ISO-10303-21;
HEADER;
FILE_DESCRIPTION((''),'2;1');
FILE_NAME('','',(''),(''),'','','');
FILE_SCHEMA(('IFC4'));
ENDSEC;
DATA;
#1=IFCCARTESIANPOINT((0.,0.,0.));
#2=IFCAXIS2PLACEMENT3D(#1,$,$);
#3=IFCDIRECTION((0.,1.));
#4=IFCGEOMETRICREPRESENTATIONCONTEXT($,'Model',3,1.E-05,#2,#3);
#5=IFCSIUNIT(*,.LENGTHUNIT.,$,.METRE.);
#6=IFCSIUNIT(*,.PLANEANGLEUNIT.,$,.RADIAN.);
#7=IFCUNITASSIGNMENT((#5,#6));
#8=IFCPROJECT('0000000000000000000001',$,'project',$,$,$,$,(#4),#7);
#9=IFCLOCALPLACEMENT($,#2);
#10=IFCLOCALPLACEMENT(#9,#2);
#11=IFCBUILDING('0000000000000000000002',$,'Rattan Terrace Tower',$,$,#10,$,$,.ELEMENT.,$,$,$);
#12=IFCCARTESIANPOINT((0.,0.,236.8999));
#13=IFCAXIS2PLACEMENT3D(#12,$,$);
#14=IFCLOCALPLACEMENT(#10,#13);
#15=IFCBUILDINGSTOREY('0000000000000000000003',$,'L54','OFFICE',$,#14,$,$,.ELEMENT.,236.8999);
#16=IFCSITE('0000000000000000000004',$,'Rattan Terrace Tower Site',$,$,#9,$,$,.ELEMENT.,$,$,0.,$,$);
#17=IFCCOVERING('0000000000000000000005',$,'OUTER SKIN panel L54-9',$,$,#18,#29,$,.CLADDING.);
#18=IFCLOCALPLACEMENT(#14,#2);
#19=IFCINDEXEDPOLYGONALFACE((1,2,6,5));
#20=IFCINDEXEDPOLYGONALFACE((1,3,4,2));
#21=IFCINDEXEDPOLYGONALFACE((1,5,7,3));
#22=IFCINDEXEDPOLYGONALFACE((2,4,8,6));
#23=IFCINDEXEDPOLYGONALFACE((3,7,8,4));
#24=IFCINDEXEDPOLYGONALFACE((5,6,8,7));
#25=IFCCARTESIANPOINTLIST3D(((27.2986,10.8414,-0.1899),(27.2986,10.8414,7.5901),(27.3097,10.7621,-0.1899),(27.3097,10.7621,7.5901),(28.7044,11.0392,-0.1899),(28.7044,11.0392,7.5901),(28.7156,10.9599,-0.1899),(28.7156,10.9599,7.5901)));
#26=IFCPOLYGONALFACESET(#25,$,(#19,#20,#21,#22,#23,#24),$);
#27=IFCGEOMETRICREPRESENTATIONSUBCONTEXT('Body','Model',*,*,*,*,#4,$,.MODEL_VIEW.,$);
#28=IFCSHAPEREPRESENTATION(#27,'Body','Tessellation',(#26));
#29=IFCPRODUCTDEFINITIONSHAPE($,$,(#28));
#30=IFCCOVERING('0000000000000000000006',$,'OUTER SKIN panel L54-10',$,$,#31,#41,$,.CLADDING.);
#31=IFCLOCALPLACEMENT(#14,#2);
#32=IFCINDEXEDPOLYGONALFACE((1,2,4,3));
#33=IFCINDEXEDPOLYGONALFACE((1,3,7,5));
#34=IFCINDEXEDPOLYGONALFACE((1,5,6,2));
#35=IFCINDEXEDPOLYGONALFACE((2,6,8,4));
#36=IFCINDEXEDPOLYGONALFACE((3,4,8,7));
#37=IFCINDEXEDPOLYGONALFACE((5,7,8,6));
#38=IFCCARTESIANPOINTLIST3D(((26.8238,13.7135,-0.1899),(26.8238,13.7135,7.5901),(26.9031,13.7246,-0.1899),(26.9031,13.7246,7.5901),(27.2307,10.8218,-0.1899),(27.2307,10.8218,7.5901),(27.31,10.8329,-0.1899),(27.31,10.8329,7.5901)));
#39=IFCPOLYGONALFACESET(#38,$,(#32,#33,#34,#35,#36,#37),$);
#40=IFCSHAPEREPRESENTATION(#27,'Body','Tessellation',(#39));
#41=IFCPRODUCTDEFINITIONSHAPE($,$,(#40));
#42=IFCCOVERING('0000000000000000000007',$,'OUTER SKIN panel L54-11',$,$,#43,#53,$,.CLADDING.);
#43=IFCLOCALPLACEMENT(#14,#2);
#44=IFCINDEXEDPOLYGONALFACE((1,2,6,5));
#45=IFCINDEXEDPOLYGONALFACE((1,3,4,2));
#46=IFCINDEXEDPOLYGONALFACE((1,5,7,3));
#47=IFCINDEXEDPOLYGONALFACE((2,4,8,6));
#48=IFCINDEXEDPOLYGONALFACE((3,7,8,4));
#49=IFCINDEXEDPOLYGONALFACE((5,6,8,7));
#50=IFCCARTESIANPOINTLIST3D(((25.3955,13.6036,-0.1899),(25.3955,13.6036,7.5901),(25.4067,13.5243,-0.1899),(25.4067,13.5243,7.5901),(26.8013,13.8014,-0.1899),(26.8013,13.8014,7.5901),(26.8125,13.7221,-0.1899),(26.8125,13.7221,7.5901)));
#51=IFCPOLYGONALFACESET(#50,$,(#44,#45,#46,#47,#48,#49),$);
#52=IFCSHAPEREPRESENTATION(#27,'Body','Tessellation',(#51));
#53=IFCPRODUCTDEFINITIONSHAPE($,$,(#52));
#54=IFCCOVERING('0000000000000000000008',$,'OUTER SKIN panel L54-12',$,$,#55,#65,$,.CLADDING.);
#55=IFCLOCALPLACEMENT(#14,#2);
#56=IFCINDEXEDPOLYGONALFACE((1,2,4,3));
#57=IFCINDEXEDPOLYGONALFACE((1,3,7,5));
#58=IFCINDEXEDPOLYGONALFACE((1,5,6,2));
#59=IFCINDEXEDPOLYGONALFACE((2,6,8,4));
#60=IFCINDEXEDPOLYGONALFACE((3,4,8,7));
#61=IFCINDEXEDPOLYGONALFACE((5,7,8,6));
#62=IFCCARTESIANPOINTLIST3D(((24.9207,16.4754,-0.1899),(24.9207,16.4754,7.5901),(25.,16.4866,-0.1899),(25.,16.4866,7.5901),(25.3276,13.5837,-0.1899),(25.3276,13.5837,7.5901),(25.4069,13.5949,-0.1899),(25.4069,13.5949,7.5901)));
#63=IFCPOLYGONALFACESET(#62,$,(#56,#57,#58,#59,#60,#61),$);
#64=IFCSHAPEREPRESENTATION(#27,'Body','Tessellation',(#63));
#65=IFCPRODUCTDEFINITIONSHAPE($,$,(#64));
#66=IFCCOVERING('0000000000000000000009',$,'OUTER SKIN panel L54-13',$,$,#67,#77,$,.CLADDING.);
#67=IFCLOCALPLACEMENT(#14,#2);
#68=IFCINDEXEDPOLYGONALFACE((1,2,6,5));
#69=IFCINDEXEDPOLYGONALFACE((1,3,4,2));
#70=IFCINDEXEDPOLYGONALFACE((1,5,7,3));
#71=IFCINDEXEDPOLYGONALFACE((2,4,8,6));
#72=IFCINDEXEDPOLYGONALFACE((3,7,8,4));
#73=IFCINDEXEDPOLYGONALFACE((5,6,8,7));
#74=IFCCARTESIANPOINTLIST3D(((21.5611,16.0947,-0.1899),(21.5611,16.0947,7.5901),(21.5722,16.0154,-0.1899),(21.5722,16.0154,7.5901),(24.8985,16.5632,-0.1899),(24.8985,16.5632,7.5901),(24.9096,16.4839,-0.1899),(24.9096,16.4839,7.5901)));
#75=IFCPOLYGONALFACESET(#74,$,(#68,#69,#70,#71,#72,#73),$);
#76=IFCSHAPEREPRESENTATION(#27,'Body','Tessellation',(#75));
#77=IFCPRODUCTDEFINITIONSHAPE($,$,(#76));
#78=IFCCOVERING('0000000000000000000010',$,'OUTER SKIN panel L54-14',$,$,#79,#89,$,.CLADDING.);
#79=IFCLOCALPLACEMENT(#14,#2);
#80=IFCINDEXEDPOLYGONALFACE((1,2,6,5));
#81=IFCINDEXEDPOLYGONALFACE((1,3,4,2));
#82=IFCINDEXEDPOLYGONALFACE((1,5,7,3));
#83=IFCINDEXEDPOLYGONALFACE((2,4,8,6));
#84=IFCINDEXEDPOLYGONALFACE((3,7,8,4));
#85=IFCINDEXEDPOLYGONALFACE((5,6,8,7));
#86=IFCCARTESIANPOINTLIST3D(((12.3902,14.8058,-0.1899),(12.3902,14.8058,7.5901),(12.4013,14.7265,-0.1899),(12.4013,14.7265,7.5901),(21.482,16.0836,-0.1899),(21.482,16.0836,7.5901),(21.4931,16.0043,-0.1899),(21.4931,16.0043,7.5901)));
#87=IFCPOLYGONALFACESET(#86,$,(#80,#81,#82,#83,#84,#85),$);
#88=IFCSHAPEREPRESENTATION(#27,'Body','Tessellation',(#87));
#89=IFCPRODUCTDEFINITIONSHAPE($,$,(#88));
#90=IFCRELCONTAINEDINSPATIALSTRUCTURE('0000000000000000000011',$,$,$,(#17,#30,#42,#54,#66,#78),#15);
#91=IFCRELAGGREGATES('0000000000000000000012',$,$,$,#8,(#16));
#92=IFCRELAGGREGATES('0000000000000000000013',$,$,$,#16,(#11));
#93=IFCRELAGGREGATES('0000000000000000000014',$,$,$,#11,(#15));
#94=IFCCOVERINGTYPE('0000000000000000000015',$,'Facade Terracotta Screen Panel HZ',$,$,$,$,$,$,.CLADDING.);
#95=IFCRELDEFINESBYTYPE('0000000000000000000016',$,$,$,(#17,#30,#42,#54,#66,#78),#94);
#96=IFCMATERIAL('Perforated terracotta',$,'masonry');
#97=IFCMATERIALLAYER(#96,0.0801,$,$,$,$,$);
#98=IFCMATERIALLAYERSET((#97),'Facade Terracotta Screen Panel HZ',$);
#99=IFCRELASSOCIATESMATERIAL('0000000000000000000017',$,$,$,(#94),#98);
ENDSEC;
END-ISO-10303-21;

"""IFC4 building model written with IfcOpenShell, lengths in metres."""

from ifc_helpers import new_model, si_unit, direction, frame, origin, origin_2d, place, context, subcontext, project, spatial, rectangle, extrude, material, layer, layer_set, type_object, element, save


model = new_model("IFC4")

# Units and contexts
model_context = context("Model", 3, precision=1e-05, world=origin(), true_north=direction((0.0, 1.0)))
body_context = subcontext(model_context, "Body", "Model", "MODEL_VIEW")
ifc_project = project(units=[si_unit("LENGTHUNIT", "METRE"), si_unit("PLANEANGLEUNIT", "RADIAN")], contexts=[model_context])

# Site, building, storey
site_placement = place(None, origin())
site = spatial("IfcSite", under=ifc_project, at=site_placement, Name="Rattan Terrace Tower Site", CompositionType="ELEMENT", RefElevation=0.0)
building_placement = place(site_placement, origin())
building = spatial("IfcBuilding", under=site, at=building_placement, Name="Rattan Terrace Tower", CompositionType="ELEMENT")
storey_placement = place(building_placement, frame((0.0, 0.0, 236.8999)))
storey = spatial("IfcBuildingStorey", under=building, at=storey_placement, Name="L54", Description="OFFICE", CompositionType="ELEMENT", Elevation=236.8999)

# Coverings
ifc_material_1 = material(Name="Perforated terracotta", Category="masonry")
ifc_layer_1 = layer(ifc_material_1, 0.0801)
ifc_layer_set_1 = layer_set([ifc_layer_1], Name="Facade Terracotta Screen Panel HZ")
covering_type = type_object("IfcCoveringType", Name="Facade Terracotta Screen Panel HZ", PredefinedType="CLADDING", material=ifc_layer_set_1)
covering_1_placement = place(storey_placement, frame((28.0071, 10.9006, -0.1899), z_axis=(0.0, 0.0, 1.0), x_axis=(-0.990241, -0.139367, 0.0)))
element("IfcCovering", 1, at=covering_1_placement, inside=storey, type_object=covering_type, Name="OUTER SKIN panel L54-9", PredefinedType="CLADDING", context=body_context, shape_type="SweptSolid", body=[
    extrude(rectangle(XDim=1.4197, YDim=0.0801, at=origin_2d()), origin(), (0.0, 0.0, 1.0), 7.78),
])
covering_2_placement = place(storey_placement, frame((27.0669, 12.2732, -0.1899), z_axis=(0.0, 0.0, 1.0), x_axis=(-0.139321, 0.990247, 0.0)))
element("IfcCovering", 2, at=covering_2_placement, inside=storey, type_object=covering_type, Name="OUTER SKIN panel L54-10", PredefinedType="CLADDING", context=body_context, shape_type="SweptSolid", body=[
    extrude(rectangle(XDim=2.9202, YDim=0.0801, at=origin_2d()), origin(), (0.0, 0.0, 1.0), 7.78),
])
covering_3_placement = place(storey_placement, frame((26.104, 13.6628, -0.1899), z_axis=(0.0, 0.0, 1.0), x_axis=(-0.990241, -0.139367, 0.0)))
element("IfcCovering", 3, at=covering_3_placement, inside=storey, type_object=covering_type, Name="OUTER SKIN panel L54-11", PredefinedType="CLADDING", context=body_context, shape_type="SweptSolid", body=[
    extrude(rectangle(XDim=1.4197, YDim=0.0801, at=origin_2d()), origin(), (0.0, 0.0, 1.0), 7.78),
])
covering_4_placement = place(storey_placement, frame((25.1638, 15.0352, -0.1899), z_axis=(0.0, 0.0, 1.0), x_axis=(-0.139321, 0.990247, 0.0)))
element("IfcCovering", 4, at=covering_4_placement, inside=storey, type_object=covering_type, Name="OUTER SKIN panel L54-12", PredefinedType="CLADDING", context=body_context, shape_type="SweptSolid", body=[
    extrude(rectangle(XDim=2.9202, YDim=0.0801, at=origin_2d()), origin(), (0.0, 0.0, 1.0), 7.78),
])
covering_5_placement = place(storey_placement, frame((23.2354, 16.2893, -0.1899), z_axis=(0.0, 0.0, 1.0), x_axis=(-0.990293, -0.138994, 0.0)))
element("IfcCovering", 5, at=covering_5_placement, inside=storey, type_object=covering_type, Name="OUTER SKIN panel L54-13", PredefinedType="CLADDING", context=body_context, shape_type="SweptSolid", body=[
    extrude(rectangle(XDim=3.3701, YDim=0.0801, at=origin_2d()), origin(), (0.0, 0.0, 1.0), 7.78),
])
covering_6_placement = place(storey_placement, frame((16.9417, 15.405, -0.1899), z_axis=(0.0, 0.0, 1.0), x_axis=(-0.990267, -0.139177, 0.0)))
element("IfcCovering", 6, at=covering_6_placement, inside=storey, type_object=covering_type, Name="OUTER SKIN panel L54-14", PredefinedType="CLADDING", context=body_context, shape_type="SweptSolid", body=[
    extrude(rectangle(XDim=9.1812, YDim=0.0801, at=origin_2d()), origin(), (0.0, 0.0, 1.0), 7.78),
])

save(model, "model.ifc")
